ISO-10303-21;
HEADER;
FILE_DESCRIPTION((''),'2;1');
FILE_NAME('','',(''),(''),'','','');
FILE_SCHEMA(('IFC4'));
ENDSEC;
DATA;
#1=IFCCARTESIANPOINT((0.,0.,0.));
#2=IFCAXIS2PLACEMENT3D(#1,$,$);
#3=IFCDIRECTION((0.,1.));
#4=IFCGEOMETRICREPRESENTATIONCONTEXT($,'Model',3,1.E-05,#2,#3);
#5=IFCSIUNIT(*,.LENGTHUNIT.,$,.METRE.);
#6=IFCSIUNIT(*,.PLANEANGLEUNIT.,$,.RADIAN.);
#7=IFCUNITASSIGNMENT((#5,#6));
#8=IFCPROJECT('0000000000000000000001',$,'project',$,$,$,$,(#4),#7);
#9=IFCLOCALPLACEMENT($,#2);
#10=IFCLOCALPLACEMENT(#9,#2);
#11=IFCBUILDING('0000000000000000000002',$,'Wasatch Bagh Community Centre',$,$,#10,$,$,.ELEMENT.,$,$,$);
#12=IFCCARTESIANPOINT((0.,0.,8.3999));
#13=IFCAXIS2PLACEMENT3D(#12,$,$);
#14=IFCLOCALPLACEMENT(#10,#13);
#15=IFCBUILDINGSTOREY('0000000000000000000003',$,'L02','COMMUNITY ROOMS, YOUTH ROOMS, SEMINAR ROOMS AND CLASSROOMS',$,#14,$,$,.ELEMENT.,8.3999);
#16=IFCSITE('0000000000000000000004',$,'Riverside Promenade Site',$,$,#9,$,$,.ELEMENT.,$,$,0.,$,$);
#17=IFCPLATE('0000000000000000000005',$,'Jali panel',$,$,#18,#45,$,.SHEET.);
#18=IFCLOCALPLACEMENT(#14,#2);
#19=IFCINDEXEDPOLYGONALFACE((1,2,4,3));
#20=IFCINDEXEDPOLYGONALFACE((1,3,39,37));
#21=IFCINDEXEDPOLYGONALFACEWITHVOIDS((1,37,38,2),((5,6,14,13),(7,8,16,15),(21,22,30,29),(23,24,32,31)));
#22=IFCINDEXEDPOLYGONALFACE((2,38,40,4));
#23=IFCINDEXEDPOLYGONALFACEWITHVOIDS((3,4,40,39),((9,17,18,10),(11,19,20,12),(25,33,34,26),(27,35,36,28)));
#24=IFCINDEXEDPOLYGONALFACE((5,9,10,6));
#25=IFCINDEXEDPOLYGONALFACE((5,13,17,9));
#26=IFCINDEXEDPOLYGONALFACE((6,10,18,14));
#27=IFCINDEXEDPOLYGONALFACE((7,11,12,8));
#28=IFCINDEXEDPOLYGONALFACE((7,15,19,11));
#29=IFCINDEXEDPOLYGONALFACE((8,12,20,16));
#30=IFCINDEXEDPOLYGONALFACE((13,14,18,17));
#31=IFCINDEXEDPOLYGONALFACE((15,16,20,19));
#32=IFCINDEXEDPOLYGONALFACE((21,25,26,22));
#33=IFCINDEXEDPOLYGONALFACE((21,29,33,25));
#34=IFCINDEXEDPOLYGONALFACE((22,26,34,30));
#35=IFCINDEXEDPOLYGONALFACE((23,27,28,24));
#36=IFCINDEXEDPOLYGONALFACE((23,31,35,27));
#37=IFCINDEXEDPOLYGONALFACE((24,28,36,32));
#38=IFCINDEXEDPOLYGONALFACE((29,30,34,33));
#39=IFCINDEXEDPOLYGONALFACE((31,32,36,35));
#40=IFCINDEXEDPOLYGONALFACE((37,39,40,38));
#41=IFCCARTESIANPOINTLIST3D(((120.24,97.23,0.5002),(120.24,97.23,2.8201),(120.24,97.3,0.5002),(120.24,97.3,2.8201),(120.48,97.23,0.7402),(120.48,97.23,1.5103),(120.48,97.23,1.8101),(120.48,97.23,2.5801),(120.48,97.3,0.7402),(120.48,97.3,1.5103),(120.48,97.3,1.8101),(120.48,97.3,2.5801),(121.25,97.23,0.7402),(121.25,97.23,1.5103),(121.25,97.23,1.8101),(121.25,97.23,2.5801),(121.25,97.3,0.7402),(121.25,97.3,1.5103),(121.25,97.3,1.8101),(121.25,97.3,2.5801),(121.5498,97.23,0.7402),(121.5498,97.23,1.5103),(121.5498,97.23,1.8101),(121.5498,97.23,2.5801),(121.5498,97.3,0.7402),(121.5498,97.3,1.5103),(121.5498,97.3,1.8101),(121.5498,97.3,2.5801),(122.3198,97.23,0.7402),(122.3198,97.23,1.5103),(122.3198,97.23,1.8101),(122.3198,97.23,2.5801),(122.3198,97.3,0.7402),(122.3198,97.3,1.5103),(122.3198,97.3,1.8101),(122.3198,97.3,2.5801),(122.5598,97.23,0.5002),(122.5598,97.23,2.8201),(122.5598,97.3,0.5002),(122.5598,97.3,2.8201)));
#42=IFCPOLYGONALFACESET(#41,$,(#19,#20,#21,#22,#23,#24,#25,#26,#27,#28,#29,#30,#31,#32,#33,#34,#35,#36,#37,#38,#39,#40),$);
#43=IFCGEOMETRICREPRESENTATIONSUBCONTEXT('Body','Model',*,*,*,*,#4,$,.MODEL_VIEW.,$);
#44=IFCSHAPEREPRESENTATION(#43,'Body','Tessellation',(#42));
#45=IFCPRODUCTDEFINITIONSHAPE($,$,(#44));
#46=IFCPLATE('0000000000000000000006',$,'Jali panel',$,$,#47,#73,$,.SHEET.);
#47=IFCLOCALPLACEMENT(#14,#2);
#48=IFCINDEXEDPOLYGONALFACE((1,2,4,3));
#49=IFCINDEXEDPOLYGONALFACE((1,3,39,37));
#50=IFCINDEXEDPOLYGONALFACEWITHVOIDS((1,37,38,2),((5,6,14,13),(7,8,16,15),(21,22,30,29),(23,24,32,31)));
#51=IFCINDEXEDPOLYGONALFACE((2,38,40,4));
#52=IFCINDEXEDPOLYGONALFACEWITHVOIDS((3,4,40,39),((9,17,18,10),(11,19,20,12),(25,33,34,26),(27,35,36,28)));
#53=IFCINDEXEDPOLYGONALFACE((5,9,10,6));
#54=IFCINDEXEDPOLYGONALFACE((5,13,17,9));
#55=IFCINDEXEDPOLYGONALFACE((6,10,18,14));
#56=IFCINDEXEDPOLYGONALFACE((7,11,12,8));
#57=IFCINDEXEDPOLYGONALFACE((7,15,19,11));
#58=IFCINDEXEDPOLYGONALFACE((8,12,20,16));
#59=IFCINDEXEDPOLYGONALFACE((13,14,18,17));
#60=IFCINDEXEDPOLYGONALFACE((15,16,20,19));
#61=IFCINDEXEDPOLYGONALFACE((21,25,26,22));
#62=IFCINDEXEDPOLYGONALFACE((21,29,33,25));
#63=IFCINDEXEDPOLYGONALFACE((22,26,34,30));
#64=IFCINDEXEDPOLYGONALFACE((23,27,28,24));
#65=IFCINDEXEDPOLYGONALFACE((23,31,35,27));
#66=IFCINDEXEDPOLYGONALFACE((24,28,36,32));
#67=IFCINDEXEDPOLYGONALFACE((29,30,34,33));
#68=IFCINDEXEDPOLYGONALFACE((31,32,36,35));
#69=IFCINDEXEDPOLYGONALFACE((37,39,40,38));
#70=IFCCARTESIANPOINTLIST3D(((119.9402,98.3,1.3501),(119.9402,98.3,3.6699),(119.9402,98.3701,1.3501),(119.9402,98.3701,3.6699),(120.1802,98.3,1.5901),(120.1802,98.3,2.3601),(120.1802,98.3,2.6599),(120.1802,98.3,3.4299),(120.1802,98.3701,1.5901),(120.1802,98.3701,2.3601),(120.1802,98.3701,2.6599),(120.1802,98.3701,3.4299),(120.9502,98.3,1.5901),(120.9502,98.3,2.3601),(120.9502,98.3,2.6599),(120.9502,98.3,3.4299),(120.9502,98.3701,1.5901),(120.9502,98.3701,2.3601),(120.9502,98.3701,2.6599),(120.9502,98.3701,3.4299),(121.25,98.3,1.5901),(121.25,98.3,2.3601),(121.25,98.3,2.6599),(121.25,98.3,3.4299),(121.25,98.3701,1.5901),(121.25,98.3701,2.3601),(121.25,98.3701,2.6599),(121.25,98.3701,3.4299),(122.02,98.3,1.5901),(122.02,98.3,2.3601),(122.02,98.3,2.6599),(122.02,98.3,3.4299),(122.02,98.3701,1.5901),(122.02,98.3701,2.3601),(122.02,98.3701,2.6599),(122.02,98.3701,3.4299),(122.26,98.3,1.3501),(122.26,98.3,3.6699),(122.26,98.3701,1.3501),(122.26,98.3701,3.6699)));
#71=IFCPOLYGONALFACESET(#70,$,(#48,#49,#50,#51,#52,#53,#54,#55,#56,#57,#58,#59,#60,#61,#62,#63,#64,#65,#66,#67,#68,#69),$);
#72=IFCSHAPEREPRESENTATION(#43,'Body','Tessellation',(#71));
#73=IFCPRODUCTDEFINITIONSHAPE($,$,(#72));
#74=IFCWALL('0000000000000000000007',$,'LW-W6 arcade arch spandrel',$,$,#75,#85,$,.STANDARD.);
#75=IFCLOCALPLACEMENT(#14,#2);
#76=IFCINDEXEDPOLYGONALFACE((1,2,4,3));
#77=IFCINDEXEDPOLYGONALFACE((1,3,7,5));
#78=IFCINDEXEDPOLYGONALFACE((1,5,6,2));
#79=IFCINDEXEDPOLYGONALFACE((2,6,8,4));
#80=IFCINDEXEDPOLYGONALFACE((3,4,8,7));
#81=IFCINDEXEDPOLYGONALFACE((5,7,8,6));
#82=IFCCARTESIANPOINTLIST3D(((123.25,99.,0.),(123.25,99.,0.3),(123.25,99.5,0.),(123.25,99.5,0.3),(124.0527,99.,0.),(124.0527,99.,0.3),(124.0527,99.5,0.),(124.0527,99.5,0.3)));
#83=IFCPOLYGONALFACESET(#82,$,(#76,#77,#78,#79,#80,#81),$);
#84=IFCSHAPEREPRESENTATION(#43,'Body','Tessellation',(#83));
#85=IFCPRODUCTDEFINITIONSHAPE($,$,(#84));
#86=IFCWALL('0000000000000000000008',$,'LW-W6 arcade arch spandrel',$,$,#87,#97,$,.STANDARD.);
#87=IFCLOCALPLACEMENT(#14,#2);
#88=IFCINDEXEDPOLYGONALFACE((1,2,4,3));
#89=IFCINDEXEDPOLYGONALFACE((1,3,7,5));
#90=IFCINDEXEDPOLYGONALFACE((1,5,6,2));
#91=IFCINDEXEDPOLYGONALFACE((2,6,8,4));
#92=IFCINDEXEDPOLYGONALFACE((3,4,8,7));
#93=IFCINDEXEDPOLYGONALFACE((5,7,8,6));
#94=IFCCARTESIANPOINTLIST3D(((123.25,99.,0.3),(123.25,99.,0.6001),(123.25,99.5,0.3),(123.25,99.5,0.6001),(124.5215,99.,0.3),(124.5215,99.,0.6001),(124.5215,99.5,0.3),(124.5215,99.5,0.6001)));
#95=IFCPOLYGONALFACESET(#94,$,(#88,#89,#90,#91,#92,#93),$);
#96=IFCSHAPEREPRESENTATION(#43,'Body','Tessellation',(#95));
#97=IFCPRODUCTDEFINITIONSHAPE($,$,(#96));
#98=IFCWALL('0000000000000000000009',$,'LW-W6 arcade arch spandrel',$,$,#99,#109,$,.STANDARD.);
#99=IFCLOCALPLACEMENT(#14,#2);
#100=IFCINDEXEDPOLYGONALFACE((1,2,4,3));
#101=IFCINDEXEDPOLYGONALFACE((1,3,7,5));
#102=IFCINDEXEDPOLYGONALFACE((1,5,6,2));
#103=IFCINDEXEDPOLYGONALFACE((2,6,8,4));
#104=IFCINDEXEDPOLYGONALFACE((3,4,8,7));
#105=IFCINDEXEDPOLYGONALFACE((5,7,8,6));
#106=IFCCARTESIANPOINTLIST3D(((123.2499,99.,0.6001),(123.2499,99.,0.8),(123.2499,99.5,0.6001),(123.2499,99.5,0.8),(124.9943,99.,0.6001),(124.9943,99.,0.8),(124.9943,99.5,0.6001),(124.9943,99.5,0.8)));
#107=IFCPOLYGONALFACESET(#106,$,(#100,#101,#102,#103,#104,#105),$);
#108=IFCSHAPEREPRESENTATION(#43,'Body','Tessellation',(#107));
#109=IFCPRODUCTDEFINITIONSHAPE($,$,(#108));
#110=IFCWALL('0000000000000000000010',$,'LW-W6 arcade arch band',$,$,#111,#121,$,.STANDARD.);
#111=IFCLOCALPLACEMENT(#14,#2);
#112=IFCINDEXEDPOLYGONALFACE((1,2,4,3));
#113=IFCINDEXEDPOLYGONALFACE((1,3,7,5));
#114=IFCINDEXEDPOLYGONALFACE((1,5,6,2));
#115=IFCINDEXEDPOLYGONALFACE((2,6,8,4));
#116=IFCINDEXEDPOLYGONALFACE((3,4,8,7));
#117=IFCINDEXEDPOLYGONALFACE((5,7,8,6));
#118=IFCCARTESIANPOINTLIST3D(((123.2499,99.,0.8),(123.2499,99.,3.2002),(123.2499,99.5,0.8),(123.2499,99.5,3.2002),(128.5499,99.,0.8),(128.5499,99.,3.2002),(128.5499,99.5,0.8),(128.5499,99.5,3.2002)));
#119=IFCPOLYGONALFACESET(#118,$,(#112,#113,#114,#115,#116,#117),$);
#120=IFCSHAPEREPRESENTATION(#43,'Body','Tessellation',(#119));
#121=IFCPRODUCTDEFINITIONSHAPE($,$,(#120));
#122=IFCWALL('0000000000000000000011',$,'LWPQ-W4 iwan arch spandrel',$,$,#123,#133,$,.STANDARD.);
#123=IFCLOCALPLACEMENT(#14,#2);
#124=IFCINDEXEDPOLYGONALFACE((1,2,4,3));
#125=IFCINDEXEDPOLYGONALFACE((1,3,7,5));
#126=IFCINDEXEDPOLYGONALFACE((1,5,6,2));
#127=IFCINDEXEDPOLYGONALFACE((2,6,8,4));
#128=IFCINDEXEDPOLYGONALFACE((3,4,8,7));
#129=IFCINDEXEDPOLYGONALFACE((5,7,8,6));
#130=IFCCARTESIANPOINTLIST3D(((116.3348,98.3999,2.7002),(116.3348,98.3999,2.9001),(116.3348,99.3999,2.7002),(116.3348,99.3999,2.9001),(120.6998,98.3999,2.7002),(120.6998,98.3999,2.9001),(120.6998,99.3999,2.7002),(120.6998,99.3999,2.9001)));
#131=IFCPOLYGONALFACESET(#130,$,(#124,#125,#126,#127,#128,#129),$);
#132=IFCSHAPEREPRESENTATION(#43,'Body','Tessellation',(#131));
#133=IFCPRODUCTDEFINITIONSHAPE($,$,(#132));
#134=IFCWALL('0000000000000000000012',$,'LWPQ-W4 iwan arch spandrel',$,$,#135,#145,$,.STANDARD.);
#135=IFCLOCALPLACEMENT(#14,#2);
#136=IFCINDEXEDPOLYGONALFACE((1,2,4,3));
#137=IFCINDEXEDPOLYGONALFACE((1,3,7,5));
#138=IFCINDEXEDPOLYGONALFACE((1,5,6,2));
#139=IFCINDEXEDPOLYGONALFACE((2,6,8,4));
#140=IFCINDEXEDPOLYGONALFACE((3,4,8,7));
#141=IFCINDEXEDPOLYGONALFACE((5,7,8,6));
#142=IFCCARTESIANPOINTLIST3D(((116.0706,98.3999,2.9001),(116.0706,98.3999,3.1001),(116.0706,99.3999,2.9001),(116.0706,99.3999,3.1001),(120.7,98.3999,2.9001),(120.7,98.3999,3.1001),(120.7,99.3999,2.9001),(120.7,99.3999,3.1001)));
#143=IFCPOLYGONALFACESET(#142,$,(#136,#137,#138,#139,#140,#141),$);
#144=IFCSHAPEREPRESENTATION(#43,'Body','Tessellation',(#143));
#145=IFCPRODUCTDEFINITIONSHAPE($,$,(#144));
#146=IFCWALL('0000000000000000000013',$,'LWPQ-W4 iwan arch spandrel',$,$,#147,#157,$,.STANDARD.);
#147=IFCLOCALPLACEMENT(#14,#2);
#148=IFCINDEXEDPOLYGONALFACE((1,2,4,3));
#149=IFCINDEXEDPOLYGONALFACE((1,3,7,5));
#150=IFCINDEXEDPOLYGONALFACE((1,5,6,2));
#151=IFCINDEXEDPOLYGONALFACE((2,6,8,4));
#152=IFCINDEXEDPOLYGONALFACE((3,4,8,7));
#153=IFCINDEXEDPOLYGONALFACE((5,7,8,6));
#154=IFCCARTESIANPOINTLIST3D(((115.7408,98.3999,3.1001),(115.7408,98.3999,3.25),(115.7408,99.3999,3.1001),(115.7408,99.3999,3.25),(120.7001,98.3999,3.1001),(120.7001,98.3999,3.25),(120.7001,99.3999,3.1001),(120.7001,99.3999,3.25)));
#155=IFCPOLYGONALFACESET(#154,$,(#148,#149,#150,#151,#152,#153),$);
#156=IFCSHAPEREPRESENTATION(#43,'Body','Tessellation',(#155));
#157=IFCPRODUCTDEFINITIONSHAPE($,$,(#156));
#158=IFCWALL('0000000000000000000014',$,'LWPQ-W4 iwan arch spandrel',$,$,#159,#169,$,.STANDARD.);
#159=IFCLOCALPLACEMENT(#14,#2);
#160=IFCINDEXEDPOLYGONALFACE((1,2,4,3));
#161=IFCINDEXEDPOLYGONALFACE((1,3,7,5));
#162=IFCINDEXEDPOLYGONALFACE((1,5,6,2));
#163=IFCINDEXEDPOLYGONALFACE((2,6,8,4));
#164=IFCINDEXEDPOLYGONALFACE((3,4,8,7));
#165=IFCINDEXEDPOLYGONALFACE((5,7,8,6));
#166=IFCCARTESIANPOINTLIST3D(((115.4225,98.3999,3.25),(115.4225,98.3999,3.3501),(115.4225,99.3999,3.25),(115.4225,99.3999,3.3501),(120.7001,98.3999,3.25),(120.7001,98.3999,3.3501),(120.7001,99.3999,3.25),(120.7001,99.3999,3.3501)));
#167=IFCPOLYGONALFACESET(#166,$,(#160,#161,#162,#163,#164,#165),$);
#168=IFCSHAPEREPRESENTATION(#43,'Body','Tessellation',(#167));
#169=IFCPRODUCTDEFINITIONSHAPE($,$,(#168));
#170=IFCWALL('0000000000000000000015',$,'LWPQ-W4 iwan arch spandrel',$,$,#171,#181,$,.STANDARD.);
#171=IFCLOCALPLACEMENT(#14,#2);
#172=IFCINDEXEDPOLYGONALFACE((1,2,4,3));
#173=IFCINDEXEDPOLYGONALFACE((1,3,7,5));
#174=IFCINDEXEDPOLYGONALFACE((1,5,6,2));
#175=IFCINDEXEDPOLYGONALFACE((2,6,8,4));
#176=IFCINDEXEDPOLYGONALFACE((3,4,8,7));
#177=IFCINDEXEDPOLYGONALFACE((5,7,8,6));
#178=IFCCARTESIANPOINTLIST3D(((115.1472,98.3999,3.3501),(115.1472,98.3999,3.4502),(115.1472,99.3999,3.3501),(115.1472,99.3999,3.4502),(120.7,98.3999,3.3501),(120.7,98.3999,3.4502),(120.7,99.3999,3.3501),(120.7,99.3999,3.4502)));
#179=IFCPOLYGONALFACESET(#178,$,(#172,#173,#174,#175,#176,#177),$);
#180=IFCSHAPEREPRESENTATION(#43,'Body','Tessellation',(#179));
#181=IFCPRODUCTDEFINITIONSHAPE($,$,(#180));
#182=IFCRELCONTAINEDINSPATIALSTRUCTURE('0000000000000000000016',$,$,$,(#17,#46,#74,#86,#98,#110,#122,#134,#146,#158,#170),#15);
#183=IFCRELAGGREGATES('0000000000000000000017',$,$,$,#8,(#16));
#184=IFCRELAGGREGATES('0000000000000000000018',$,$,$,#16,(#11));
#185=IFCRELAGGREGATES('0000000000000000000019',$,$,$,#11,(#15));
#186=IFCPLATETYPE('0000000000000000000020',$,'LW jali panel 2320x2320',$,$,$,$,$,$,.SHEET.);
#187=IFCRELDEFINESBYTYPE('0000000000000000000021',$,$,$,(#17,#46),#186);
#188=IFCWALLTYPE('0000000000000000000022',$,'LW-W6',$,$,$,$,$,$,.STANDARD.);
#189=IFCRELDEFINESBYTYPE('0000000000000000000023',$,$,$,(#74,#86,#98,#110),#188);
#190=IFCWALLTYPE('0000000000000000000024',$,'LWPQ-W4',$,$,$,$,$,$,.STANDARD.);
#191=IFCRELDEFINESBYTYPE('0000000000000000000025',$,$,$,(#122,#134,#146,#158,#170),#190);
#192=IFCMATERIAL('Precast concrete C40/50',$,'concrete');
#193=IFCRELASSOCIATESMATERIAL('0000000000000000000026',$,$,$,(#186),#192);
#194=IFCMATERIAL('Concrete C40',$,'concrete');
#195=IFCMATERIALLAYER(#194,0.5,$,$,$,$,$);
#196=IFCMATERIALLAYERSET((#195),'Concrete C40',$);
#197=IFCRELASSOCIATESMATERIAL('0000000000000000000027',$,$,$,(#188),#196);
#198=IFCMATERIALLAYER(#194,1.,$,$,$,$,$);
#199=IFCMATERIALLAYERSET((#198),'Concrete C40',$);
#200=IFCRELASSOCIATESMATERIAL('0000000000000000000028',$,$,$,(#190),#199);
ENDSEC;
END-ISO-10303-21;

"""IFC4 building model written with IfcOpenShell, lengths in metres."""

from ifc_helpers import new_model, si_unit, direction, frame, frame_2d, origin, place, context, subcontext, project, spatial, polyline, rectangle, outline, extrude, material, layer, layer_set, material_profile, profile_set, type_object, element, save


model = new_model("IFC4")

# Units and contexts
model_context = context("Model", 3, precision=1e-05, world=origin(), true_north=direction((0.0, 1.0)))
body_context = subcontext(model_context, "Body", "Model", "MODEL_VIEW")
ifc_project = project(units=[si_unit("LENGTHUNIT", "METRE"), si_unit("PLANEANGLEUNIT", "RADIAN")], contexts=[model_context])

# Site, building, storey
site_placement = place(None, origin())
site = spatial("IfcSite", under=ifc_project, at=site_placement, Name="Riverside Promenade Site", CompositionType="ELEMENT", RefElevation=0.0)
building_placement = place(site_placement, origin())
building = spatial("IfcBuilding", under=site, at=building_placement, Name="Wasatch Bagh Community Centre", CompositionType="ELEMENT")
storey_placement = place(building_placement, frame((0.0, 0.0, 8.3999)))
storey = spatial("IfcBuildingStorey", under=building, at=storey_placement, Name="L02", Description="COMMUNITY ROOMS, YOUTH ROOMS, SEMINAR ROOMS AND CLASSROOMS", CompositionType="ELEMENT", Elevation=8.3999)

# Shared definitions
ifc_material_1 = material(Name="Concrete C40", Category="concrete")

# Plates
ifc_material_2 = material(Name="Precast concrete C40/50", Category="concrete")
ifc_material_profile_1 = material_profile(ifc_material_2, outline(polyline([(-1.1599, -1.1599), (1.1599, -1.1599), (1.1599, 1.1599), (-1.1599, 1.1599), (-1.1599, -1.1599)]), holes=[polyline([(-0.9199, -0.9199), (-0.1499, -0.9199), (-0.1499, -0.1499), (-0.9199, -0.1499), (-0.9199, -0.9199)]), polyline([(-0.9199, 0.1499), (-0.1499, 0.1499), (-0.1499, 0.9199), (-0.9199, 0.9199), (-0.9199, 0.1499)]), polyline([(0.1499, -0.9199), (0.9199, -0.9199), (0.9199, -0.1499), (0.1499, -0.1499), (0.1499, -0.9199)]), polyline([(0.1499, 0.1499), (0.9199, 0.1499), (0.9199, 0.9199), (0.1499, 0.9199), (0.1499, 0.1499)])]), Name="Jali lattice")
ifc_profile_set_1 = profile_set([ifc_material_profile_1], Name="Precast concrete C40/50")
plate_type = type_object("IfcPlateType", Name="LW jali panel 2320x2320", PredefinedType="SHEET", material=ifc_profile_set_1)
for number, where, z_axis, x_axis, name in (
    (1, (121.3999, 97.3, 1.6602), (0.0, -1.0, 0.0), (1.0, 0.0, 0.0), "Jali panel"),
    (2, (121.1001, 98.3, 2.51), (0.0, 1.0, 0.0), (-1.0, 0.0, 0.0), "Jali panel"),
):
    element("IfcPlate", number, at=place(storey_placement, frame(where, z_axis=z_axis, x_axis=x_axis)), inside=storey, type_object=plate_type, Name=name, PredefinedType="SHEET", context=body_context, shape_type="SweptSolid", body=[
        extrude(outline(polyline([(-1.1599, -1.1599), (1.1599, -1.1599), (1.1599, 1.1599), (-1.1599, 1.1599), (-1.1599, -1.1599)]), holes=[polyline([(-0.9199, -0.9199), (-0.1499, -0.9199), (-0.1499, -0.1499), (-0.9199, -0.1499), (-0.9199, -0.9199)]), polyline([(-0.9199, 0.1499), (-0.1499, 0.1499), (-0.1499, 0.9199), (-0.9199, 0.9199), (-0.9199, 0.1499)]), polyline([(0.1499, -0.9199), (0.9199, -0.9199), (0.9199, -0.1499), (0.1499, -0.1499), (0.1499, -0.9199)]), polyline([(0.1499, 0.1499), (0.9199, 0.1499), (0.9199, 0.9199), (0.1499, 0.9199), (0.1499, 0.1499)])]), origin(), (0.0, 0.0, 1.0), 0.0701),
    ])

# Walls
ifc_layer_1 = layer(ifc_material_1, 0.5)
ifc_layer_set_1 = layer_set([ifc_layer_1], Name="Concrete C40")
wall_type_1 = type_object("IfcWallType", Name="LW-W6", PredefinedType="STANDARD", material=ifc_layer_set_1)
wall_1_placement = place(storey_placement, frame((123.25, 99.25, 0.0), z_axis=(0.0, 0.0, 1.0), x_axis=(1.0, 0.0, 0.0)))
element("IfcWall", 3, at=wall_1_placement, inside=storey, type_object=wall_type_1, Name="LW-W6 arcade arch spandrel", PredefinedType="STANDARD", context=body_context, shape_type="SweptSolid", body=[
    extrude(rectangle(XDim=0.8027, YDim=0.5, at=frame_2d((0.4014, 0.0))), origin(), (0.0, 0.0, 1.0), 0.3),
])
wall_2_placement = place(storey_placement, frame((123.25, 99.25, 0.3), z_axis=(0.0, 0.0, 1.0), x_axis=(1.0, 0.0, 0.0)))
element("IfcWall", 4, at=wall_2_placement, inside=storey, type_object=wall_type_1, Name="LW-W6 arcade arch spandrel", PredefinedType="STANDARD", context=body_context, shape_type="SweptSolid", body=[
    extrude(rectangle(XDim=1.2715, YDim=0.5, at=frame_2d((0.6357, 0.0))), origin(), (0.0, 0.0, 1.0), 0.3),
])
wall_3_placement = place(storey_placement, frame((123.25, 99.25, 0.6001), z_axis=(0.0, 0.0, 1.0), x_axis=(1.0, 0.0, 0.0)))
element("IfcWall", 5, at=wall_3_placement, inside=storey, type_object=wall_type_1, Name="LW-W6 arcade arch spandrel", PredefinedType="STANDARD", context=body_context, shape_type="SweptSolid", body=[
    extrude(rectangle(XDim=1.7444, YDim=0.5, at=frame_2d((0.8721, 0.0))), origin(), (0.0, 0.0, 1.0), 0.2),
])
wall_4_placement = place(storey_placement, frame((123.25, 99.25, 0.8), z_axis=(0.0, 0.0, 1.0), x_axis=(1.0, 0.0, 0.0)))
element("IfcWall", 6, at=wall_4_placement, inside=storey, type_object=wall_type_1, Name="LW-W6 arcade arch band", PredefinedType="STANDARD", context=body_context, shape_type="SweptSolid", body=[
    extrude(rectangle(XDim=5.3, YDim=0.5, at=frame_2d((2.6499, 0.0))), origin(), (0.0, 0.0, 1.0), 2.4001),
])
ifc_layer_2 = layer(ifc_material_1, 1.0)
ifc_layer_set_2 = layer_set([ifc_layer_2], Name="Concrete C40")
wall_type_2 = type_object("IfcWallType", Name="LWPQ-W4", PredefinedType="STANDARD", material=ifc_layer_set_2)
wall_5_placement = place(storey_placement, frame((120.7, 98.8999, 2.7002), z_axis=(0.0, 0.0, 1.0), x_axis=(-1.0, 0.0, 0.0)))
element("IfcWall", 7, at=wall_5_placement, inside=storey, type_object=wall_type_2, Name="LWPQ-W4 iwan arch spandrel", PredefinedType="STANDARD", context=body_context, shape_type="SweptSolid", body=[
    extrude(rectangle(XDim=4.365, YDim=1.0, at=frame_2d((2.1826, 0.0))), origin(), (0.0, 0.0, 1.0), 0.2),
])
wall_6_placement = place(storey_placement, frame((120.7, 98.8999, 2.9001), z_axis=(0.0, 0.0, 1.0), x_axis=(-1.0, 0.0, 0.0)))
element("IfcWall", 8, at=wall_6_placement, inside=storey, type_object=wall_type_2, Name="LWPQ-W4 iwan arch spandrel", PredefinedType="STANDARD", context=body_context, shape_type="SweptSolid", body=[
    extrude(rectangle(XDim=4.6294, YDim=1.0, at=frame_2d((2.3147, 0.0))), origin(), (0.0, 0.0, 1.0), 0.2),
])
wall_7_placement = place(storey_placement, frame((120.7, 98.8999, 3.1001), z_axis=(0.0, 0.0, 1.0), x_axis=(-1.0, 0.0, 0.0)))
element("IfcWall", 9, at=wall_7_placement, inside=storey, type_object=wall_type_2, Name="LWPQ-W4 iwan arch spandrel", PredefinedType="STANDARD", context=body_context, shape_type="SweptSolid", body=[
    extrude(rectangle(XDim=4.9592, YDim=1.0, at=frame_2d((2.4795, 0.0))), origin(), (0.0, 0.0, 1.0), 0.1499),
])
wall_8_placement = place(storey_placement, frame((120.7, 98.8999, 3.25), z_axis=(0.0, 0.0, 1.0), x_axis=(-1.0, 0.0, 0.0)))
element("IfcWall", 10, at=wall_8_placement, inside=storey, type_object=wall_type_2, Name="LWPQ-W4 iwan arch spandrel", PredefinedType="STANDARD", context=body_context, shape_type="SweptSolid", body=[
    extrude(rectangle(XDim=5.2776, YDim=1.0, at=frame_2d((2.6387, 0.0))), origin(), (0.0, 0.0, 1.0), 0.1001),
])
wall_9_placement = place(storey_placement, frame((120.7, 98.8999, 3.3501), z_axis=(0.0, 0.0, 1.0), x_axis=(-1.0, 0.0, 0.0)))
element("IfcWall", 11, at=wall_9_placement, inside=storey, type_object=wall_type_2, Name="LWPQ-W4 iwan arch spandrel", PredefinedType="STANDARD", context=body_context, shape_type="SweptSolid", body=[
    extrude(rectangle(XDim=5.5527, YDim=1.0, at=frame_2d((2.7764, 0.0))), origin(), (0.0, 0.0, 1.0), 0.1001),
])

save(model, "model.ifc")
